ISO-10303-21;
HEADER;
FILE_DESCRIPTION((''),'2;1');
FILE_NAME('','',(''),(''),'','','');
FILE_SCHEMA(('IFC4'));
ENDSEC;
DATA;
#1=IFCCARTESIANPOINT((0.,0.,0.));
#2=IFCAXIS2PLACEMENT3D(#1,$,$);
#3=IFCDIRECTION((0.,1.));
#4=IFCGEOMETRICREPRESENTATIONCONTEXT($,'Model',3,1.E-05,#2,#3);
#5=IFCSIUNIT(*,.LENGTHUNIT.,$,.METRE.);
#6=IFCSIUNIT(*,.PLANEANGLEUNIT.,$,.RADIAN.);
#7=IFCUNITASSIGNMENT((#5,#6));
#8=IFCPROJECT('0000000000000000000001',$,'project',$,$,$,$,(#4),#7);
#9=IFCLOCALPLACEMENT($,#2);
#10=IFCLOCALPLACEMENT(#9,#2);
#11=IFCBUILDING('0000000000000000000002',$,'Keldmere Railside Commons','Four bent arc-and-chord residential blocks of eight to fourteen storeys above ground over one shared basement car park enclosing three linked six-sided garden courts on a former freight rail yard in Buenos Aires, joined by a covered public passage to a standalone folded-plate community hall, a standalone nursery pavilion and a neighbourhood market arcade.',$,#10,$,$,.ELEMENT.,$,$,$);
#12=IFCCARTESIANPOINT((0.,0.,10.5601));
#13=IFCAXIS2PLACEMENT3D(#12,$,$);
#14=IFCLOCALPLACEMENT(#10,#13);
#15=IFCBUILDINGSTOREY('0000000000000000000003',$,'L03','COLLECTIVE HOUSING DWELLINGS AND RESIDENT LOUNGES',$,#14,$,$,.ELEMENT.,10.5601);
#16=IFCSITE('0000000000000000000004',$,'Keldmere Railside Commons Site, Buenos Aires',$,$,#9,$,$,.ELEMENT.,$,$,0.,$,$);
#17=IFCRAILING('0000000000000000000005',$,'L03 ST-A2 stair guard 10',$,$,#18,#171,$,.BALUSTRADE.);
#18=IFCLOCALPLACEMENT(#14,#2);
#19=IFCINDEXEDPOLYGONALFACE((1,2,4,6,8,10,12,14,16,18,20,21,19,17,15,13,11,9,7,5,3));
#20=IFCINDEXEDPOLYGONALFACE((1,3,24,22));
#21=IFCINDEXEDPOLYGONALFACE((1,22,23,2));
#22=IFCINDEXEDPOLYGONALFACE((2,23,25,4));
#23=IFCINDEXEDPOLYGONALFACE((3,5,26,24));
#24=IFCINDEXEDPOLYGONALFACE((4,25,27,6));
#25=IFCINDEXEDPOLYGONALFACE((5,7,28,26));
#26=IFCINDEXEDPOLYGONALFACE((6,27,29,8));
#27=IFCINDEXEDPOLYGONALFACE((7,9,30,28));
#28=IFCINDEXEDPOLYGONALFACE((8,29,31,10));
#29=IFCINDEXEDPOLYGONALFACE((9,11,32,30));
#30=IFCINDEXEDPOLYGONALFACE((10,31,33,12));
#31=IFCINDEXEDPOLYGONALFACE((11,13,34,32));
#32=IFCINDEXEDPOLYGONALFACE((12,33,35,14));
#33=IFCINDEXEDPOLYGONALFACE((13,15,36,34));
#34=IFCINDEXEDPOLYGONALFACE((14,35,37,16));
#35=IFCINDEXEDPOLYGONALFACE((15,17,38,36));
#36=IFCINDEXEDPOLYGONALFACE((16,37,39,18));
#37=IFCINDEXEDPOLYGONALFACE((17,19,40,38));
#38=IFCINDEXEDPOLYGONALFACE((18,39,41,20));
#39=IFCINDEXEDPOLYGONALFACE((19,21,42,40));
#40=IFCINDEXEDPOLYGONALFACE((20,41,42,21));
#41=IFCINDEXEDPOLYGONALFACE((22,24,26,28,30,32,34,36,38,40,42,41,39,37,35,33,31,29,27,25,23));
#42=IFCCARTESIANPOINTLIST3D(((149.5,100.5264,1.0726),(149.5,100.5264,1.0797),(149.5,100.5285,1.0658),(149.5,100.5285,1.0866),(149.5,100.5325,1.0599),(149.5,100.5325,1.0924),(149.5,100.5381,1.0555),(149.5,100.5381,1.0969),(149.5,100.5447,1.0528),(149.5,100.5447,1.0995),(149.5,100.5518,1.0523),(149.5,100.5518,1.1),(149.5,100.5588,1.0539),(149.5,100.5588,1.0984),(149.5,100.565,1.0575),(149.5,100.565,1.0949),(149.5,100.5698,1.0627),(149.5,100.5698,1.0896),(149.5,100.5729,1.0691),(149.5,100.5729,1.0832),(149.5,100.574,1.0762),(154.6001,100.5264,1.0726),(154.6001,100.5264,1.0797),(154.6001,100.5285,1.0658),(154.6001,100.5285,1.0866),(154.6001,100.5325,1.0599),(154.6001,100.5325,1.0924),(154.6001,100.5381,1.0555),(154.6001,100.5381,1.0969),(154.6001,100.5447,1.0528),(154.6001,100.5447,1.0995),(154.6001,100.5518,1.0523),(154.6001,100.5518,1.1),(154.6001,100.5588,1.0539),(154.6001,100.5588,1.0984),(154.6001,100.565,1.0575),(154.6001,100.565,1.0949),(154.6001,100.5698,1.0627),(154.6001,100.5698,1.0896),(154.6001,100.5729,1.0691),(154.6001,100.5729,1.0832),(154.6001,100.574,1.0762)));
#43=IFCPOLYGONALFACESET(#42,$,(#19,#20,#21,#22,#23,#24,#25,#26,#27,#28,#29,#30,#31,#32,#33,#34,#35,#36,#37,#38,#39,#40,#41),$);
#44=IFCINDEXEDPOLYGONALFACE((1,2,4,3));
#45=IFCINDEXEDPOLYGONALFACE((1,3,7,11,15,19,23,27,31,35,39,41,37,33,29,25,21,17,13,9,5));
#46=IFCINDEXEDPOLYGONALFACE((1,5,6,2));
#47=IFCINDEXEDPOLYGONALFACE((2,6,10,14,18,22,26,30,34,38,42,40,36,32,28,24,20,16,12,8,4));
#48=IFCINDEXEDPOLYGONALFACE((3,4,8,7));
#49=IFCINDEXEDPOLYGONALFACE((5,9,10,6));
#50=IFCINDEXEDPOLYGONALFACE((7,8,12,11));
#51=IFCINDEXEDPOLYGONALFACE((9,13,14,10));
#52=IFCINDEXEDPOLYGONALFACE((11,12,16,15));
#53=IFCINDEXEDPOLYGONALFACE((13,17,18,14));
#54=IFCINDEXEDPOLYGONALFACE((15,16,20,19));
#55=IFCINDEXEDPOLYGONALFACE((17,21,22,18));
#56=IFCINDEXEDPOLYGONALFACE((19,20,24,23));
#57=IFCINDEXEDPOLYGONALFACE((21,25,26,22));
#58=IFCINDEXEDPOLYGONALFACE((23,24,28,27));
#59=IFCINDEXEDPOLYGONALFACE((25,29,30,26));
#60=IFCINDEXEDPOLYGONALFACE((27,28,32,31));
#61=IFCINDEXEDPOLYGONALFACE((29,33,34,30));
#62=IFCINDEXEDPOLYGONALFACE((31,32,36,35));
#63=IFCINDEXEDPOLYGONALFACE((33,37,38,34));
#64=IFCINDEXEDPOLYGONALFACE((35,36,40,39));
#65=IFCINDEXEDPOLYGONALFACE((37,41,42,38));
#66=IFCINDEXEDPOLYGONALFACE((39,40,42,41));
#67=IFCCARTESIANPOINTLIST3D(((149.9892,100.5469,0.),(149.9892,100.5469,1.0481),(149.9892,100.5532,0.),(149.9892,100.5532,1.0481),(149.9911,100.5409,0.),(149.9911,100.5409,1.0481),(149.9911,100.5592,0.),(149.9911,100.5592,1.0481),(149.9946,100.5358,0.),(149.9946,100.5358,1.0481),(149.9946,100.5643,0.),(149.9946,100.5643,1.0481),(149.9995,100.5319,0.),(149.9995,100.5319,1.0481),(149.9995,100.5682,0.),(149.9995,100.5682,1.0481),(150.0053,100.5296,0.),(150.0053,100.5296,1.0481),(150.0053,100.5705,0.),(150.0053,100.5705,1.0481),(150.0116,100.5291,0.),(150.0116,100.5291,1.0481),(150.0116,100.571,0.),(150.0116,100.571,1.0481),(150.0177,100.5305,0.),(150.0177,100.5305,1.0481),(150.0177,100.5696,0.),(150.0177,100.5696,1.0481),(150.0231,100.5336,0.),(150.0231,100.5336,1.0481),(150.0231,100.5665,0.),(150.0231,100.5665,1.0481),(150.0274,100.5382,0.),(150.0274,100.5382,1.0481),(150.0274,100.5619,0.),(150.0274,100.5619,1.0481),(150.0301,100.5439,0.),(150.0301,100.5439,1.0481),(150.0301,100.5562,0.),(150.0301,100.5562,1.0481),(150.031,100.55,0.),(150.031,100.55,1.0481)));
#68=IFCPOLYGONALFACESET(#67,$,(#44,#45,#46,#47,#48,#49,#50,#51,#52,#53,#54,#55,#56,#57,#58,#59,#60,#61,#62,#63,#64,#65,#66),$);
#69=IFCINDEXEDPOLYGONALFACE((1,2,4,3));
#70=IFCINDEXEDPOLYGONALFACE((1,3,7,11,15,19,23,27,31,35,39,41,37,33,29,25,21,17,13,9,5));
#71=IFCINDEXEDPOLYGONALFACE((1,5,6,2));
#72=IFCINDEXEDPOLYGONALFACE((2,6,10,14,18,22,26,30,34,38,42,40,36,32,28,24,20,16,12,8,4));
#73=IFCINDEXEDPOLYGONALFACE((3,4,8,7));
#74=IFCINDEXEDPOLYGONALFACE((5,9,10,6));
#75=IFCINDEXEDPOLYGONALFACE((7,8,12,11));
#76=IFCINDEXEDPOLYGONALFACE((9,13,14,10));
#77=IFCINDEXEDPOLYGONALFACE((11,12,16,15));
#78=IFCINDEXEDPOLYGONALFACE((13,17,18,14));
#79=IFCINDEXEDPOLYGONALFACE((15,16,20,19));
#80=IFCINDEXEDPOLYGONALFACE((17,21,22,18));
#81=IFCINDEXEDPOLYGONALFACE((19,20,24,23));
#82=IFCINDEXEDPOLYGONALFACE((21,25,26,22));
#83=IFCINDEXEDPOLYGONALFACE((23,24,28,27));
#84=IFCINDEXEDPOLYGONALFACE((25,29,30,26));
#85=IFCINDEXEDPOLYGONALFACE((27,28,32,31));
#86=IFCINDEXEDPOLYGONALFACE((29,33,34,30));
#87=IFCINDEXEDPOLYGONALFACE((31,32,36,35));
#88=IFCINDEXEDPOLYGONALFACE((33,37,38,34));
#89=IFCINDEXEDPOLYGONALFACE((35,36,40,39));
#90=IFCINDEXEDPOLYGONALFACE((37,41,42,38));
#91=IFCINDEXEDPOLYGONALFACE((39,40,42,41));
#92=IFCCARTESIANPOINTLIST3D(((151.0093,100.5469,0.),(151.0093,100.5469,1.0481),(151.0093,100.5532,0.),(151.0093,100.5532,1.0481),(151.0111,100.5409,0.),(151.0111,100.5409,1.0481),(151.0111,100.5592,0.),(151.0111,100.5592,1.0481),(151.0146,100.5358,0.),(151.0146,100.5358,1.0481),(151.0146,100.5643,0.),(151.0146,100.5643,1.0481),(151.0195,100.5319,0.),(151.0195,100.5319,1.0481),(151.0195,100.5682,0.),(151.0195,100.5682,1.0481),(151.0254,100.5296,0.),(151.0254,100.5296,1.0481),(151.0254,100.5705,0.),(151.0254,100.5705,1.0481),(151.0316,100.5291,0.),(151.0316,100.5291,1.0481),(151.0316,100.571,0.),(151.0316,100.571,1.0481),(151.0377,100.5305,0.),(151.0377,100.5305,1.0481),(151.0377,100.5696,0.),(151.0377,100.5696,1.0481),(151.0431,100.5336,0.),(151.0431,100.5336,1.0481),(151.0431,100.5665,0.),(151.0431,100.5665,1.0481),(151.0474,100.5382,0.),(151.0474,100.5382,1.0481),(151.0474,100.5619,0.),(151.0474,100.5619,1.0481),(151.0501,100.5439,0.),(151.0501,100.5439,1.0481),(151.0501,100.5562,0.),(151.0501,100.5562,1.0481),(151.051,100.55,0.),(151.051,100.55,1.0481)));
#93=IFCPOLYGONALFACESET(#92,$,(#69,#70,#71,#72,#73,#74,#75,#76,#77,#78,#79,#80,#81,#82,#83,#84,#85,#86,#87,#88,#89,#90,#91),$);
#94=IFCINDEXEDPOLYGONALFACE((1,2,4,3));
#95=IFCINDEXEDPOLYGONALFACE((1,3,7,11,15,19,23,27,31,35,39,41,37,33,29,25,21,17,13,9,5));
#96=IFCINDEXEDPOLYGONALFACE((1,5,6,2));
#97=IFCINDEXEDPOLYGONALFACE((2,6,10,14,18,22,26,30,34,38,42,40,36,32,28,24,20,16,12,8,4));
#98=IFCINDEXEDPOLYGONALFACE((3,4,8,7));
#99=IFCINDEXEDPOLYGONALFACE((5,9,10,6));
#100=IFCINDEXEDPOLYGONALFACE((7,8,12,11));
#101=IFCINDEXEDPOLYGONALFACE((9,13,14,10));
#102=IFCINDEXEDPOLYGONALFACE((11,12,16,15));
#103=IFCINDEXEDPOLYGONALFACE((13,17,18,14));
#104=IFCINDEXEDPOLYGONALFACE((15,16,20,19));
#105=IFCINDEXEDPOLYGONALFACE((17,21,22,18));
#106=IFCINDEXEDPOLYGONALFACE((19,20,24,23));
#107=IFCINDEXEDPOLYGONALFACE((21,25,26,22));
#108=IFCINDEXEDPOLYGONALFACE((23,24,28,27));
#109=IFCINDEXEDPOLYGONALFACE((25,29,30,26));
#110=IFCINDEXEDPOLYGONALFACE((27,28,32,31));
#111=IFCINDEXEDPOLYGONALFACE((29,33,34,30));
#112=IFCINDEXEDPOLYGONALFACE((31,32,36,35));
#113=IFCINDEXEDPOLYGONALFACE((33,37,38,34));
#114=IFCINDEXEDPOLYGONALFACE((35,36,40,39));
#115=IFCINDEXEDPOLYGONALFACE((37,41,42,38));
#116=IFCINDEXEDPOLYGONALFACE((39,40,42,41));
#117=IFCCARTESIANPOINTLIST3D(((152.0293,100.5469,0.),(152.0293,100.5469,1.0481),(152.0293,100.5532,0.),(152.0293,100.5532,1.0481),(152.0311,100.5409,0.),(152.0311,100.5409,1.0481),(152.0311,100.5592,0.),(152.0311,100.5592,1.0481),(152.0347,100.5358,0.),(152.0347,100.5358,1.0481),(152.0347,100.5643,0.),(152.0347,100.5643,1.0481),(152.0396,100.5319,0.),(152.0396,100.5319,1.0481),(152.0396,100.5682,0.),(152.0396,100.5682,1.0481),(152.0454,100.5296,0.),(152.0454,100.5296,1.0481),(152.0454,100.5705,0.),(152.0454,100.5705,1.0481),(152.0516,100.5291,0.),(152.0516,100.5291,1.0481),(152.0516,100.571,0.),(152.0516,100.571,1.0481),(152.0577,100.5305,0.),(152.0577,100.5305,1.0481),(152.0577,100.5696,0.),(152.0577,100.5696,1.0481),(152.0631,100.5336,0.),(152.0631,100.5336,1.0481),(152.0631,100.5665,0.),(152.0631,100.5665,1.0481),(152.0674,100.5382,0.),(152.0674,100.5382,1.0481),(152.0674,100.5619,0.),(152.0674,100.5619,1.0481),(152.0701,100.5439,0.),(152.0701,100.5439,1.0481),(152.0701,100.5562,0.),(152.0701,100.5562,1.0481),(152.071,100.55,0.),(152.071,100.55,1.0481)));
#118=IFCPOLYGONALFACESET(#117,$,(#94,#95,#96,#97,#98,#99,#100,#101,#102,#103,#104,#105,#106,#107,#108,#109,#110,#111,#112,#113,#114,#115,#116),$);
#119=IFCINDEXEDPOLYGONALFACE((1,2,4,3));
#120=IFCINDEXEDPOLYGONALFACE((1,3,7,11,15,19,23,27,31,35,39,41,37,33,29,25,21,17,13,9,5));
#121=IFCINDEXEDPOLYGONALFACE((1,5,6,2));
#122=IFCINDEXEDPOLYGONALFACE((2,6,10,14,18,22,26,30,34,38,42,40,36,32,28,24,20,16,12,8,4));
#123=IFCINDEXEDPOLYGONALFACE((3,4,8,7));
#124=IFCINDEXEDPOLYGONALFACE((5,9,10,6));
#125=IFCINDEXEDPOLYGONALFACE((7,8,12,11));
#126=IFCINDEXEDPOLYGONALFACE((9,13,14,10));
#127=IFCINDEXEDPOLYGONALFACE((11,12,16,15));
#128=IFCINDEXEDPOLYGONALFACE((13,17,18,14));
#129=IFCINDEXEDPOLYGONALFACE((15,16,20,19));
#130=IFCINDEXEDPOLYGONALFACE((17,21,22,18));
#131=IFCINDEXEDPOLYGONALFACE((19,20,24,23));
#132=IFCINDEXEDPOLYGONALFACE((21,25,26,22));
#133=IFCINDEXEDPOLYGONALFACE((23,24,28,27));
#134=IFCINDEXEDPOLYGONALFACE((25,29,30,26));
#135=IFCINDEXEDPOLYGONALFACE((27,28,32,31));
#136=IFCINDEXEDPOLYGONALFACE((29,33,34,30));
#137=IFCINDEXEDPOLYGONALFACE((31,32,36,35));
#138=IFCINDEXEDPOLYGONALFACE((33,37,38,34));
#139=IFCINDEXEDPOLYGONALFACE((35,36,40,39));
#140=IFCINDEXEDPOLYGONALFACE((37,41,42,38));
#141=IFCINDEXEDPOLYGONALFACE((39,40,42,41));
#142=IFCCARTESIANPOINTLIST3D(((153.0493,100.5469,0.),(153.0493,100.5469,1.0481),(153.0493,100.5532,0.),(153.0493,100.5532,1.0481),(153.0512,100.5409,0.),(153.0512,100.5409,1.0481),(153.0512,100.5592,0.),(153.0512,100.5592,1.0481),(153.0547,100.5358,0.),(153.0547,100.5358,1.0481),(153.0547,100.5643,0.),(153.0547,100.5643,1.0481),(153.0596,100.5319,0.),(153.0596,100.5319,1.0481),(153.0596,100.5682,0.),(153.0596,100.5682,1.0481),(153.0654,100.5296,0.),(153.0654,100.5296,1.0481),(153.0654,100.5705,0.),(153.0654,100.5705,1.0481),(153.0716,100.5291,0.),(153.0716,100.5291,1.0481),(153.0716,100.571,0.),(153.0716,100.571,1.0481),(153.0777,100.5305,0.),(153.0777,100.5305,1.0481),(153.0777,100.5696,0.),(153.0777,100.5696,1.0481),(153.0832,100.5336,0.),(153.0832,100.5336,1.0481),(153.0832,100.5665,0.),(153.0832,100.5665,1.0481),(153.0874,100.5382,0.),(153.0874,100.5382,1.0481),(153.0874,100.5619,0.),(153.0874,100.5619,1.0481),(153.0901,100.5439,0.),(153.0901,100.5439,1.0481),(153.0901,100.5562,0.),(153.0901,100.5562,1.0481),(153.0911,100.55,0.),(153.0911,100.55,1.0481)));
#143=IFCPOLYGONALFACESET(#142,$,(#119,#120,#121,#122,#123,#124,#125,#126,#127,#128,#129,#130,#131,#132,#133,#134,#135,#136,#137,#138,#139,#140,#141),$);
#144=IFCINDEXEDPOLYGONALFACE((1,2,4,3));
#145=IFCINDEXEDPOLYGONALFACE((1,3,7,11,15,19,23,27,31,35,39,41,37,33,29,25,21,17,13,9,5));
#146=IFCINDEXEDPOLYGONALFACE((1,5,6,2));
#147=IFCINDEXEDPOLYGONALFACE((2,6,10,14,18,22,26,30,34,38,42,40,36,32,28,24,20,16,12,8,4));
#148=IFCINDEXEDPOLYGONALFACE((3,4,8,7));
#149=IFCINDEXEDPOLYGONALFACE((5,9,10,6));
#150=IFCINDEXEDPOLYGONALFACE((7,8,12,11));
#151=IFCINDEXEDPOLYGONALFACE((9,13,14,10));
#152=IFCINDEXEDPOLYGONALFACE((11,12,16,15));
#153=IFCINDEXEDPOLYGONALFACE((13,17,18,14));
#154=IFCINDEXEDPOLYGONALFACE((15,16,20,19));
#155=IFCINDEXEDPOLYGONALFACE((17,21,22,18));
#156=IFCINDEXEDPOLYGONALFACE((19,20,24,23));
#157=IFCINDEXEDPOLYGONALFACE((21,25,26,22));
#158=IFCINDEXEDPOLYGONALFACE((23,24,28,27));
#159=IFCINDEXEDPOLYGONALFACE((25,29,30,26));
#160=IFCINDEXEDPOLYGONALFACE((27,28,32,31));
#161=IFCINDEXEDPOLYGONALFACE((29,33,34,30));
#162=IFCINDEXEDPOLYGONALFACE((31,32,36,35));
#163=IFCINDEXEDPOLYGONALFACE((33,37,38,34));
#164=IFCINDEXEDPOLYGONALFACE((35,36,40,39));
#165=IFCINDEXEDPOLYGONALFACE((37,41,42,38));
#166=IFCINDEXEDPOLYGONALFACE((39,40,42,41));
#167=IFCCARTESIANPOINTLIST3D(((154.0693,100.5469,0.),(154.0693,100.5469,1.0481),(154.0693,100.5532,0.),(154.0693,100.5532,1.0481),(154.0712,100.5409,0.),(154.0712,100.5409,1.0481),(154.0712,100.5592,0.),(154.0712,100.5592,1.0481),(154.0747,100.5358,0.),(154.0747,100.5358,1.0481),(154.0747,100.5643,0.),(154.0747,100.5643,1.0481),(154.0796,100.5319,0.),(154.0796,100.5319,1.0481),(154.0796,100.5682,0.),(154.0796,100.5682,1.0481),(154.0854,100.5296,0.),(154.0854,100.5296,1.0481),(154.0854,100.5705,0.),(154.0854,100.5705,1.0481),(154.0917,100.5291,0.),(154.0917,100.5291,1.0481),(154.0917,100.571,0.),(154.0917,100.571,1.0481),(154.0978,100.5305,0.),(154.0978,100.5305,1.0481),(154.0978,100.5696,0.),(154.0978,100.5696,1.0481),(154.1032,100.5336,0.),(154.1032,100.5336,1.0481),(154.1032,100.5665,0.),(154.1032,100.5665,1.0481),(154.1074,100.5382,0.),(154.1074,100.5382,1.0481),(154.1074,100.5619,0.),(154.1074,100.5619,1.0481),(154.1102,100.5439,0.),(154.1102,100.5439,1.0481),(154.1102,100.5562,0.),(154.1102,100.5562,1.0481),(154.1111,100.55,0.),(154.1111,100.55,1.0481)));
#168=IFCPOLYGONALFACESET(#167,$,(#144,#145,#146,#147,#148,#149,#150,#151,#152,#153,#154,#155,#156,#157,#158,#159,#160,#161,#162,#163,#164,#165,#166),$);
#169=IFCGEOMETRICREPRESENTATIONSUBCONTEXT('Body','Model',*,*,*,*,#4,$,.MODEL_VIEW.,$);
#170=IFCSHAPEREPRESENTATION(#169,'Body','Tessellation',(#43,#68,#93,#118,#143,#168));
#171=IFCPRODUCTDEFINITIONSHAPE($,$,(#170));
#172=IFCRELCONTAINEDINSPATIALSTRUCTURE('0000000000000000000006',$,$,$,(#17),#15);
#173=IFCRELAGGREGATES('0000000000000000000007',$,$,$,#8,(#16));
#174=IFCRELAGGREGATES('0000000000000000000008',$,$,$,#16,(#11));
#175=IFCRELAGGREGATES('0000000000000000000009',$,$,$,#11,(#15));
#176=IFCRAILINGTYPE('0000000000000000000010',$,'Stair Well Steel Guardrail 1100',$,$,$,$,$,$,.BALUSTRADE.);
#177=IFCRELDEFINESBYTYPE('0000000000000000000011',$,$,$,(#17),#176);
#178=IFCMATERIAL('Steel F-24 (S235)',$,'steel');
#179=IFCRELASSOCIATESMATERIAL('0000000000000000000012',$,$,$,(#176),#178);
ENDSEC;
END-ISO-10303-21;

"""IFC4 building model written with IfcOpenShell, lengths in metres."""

from ifc_helpers import new_model, si_unit, direction, frame, origin, origin_2d, place, context, subcontext, project, spatial, circle, extrude, material, type_object, element, save


model = new_model("IFC4")

# Units and contexts
model_context = context("Model", 3, precision=1e-05, world=origin(), true_north=direction((0.0, 1.0)))
body_context = subcontext(model_context, "Body", "Model", "MODEL_VIEW")
ifc_project = project(units=[si_unit("LENGTHUNIT", "METRE"), si_unit("PLANEANGLEUNIT", "RADIAN")], contexts=[model_context])

# Site, building, storey
site_placement = place(None, origin())
site = spatial("IfcSite", under=ifc_project, at=site_placement, Name="Keldmere Railside Commons Site, Buenos Aires", CompositionType="ELEMENT", RefElevation=0.0)
building_placement = place(site_placement, origin())
building = spatial("IfcBuilding", under=site, at=building_placement, Name="Keldmere Railside Commons", Description="Four bent arc-and-chord residential blocks of eight to fourteen storeys above ground over one shared basement car park enclosing three linked six-sided garden courts on a former freight rail yard in Buenos Aires, joined by a covered public passage to a standalone folded-plate community hall, a standalone nursery pavilion and a neighbourhood market arcade.", CompositionType="ELEMENT")
storey_placement = place(building_placement, frame((0.0, 0.0, 10.5601)))
storey = spatial("IfcBuildingStorey", under=building, at=storey_placement, Name="L03", Description="COLLECTIVE HOUSING DWELLINGS AND RESIDENT LOUNGES", CompositionType="ELEMENT", Elevation=10.5601)

# Railing
ifc_material_1 = material(Name="Steel F-24 (S235)", Category="steel")
railing_type_1 = type_object("IfcRailingType", Name="Stair Well Steel Guardrail 1100", PredefinedType="BALUSTRADE", material=ifc_material_1)
railing_1_placement = place(storey_placement, frame((149.5, 100.55, 0.0)))
element("IfcRailing", 1, at=railing_1_placement, inside=storey, type_object=railing_type_1, Name="L03 ST-A2 stair guard 10", PredefinedType="BALUSTRADE", context=body_context, shape_type="SweptSolid", body=[
    extrude(circle(Radius=0.0239, at=origin_2d()), frame((0.0, 0.0, 1.0762), z_axis=(1.0, 0.0, 0.0), x_axis=(0.0, 1.0, 0.0)), (0.0, 0.0, 1.0), 5.1001),
    extrude(circle(Radius=0.021, at=origin_2d()), frame((0.51, 0.0, 0.0)), (0.0, 0.0, 1.0), 1.0481),
    extrude(circle(Radius=0.021, at=origin_2d()), frame((1.53, 0.0, 0.0)), (0.0, 0.0, 1.0), 1.0481),
    extrude(circle(Radius=0.021, at=origin_2d()), frame((2.55, 0.0, 0.0)), (0.0, 0.0, 1.0), 1.0481),
    extrude(circle(Radius=0.021, at=origin_2d()), frame((3.5701, 0.0, 0.0)), (0.0, 0.0, 1.0), 1.0481),
    extrude(circle(Radius=0.021, at=origin_2d()), frame((4.5901, 0.0, 0.0)), (0.0, 0.0, 1.0), 1.0481),
])

save(model, "model.ifc")
